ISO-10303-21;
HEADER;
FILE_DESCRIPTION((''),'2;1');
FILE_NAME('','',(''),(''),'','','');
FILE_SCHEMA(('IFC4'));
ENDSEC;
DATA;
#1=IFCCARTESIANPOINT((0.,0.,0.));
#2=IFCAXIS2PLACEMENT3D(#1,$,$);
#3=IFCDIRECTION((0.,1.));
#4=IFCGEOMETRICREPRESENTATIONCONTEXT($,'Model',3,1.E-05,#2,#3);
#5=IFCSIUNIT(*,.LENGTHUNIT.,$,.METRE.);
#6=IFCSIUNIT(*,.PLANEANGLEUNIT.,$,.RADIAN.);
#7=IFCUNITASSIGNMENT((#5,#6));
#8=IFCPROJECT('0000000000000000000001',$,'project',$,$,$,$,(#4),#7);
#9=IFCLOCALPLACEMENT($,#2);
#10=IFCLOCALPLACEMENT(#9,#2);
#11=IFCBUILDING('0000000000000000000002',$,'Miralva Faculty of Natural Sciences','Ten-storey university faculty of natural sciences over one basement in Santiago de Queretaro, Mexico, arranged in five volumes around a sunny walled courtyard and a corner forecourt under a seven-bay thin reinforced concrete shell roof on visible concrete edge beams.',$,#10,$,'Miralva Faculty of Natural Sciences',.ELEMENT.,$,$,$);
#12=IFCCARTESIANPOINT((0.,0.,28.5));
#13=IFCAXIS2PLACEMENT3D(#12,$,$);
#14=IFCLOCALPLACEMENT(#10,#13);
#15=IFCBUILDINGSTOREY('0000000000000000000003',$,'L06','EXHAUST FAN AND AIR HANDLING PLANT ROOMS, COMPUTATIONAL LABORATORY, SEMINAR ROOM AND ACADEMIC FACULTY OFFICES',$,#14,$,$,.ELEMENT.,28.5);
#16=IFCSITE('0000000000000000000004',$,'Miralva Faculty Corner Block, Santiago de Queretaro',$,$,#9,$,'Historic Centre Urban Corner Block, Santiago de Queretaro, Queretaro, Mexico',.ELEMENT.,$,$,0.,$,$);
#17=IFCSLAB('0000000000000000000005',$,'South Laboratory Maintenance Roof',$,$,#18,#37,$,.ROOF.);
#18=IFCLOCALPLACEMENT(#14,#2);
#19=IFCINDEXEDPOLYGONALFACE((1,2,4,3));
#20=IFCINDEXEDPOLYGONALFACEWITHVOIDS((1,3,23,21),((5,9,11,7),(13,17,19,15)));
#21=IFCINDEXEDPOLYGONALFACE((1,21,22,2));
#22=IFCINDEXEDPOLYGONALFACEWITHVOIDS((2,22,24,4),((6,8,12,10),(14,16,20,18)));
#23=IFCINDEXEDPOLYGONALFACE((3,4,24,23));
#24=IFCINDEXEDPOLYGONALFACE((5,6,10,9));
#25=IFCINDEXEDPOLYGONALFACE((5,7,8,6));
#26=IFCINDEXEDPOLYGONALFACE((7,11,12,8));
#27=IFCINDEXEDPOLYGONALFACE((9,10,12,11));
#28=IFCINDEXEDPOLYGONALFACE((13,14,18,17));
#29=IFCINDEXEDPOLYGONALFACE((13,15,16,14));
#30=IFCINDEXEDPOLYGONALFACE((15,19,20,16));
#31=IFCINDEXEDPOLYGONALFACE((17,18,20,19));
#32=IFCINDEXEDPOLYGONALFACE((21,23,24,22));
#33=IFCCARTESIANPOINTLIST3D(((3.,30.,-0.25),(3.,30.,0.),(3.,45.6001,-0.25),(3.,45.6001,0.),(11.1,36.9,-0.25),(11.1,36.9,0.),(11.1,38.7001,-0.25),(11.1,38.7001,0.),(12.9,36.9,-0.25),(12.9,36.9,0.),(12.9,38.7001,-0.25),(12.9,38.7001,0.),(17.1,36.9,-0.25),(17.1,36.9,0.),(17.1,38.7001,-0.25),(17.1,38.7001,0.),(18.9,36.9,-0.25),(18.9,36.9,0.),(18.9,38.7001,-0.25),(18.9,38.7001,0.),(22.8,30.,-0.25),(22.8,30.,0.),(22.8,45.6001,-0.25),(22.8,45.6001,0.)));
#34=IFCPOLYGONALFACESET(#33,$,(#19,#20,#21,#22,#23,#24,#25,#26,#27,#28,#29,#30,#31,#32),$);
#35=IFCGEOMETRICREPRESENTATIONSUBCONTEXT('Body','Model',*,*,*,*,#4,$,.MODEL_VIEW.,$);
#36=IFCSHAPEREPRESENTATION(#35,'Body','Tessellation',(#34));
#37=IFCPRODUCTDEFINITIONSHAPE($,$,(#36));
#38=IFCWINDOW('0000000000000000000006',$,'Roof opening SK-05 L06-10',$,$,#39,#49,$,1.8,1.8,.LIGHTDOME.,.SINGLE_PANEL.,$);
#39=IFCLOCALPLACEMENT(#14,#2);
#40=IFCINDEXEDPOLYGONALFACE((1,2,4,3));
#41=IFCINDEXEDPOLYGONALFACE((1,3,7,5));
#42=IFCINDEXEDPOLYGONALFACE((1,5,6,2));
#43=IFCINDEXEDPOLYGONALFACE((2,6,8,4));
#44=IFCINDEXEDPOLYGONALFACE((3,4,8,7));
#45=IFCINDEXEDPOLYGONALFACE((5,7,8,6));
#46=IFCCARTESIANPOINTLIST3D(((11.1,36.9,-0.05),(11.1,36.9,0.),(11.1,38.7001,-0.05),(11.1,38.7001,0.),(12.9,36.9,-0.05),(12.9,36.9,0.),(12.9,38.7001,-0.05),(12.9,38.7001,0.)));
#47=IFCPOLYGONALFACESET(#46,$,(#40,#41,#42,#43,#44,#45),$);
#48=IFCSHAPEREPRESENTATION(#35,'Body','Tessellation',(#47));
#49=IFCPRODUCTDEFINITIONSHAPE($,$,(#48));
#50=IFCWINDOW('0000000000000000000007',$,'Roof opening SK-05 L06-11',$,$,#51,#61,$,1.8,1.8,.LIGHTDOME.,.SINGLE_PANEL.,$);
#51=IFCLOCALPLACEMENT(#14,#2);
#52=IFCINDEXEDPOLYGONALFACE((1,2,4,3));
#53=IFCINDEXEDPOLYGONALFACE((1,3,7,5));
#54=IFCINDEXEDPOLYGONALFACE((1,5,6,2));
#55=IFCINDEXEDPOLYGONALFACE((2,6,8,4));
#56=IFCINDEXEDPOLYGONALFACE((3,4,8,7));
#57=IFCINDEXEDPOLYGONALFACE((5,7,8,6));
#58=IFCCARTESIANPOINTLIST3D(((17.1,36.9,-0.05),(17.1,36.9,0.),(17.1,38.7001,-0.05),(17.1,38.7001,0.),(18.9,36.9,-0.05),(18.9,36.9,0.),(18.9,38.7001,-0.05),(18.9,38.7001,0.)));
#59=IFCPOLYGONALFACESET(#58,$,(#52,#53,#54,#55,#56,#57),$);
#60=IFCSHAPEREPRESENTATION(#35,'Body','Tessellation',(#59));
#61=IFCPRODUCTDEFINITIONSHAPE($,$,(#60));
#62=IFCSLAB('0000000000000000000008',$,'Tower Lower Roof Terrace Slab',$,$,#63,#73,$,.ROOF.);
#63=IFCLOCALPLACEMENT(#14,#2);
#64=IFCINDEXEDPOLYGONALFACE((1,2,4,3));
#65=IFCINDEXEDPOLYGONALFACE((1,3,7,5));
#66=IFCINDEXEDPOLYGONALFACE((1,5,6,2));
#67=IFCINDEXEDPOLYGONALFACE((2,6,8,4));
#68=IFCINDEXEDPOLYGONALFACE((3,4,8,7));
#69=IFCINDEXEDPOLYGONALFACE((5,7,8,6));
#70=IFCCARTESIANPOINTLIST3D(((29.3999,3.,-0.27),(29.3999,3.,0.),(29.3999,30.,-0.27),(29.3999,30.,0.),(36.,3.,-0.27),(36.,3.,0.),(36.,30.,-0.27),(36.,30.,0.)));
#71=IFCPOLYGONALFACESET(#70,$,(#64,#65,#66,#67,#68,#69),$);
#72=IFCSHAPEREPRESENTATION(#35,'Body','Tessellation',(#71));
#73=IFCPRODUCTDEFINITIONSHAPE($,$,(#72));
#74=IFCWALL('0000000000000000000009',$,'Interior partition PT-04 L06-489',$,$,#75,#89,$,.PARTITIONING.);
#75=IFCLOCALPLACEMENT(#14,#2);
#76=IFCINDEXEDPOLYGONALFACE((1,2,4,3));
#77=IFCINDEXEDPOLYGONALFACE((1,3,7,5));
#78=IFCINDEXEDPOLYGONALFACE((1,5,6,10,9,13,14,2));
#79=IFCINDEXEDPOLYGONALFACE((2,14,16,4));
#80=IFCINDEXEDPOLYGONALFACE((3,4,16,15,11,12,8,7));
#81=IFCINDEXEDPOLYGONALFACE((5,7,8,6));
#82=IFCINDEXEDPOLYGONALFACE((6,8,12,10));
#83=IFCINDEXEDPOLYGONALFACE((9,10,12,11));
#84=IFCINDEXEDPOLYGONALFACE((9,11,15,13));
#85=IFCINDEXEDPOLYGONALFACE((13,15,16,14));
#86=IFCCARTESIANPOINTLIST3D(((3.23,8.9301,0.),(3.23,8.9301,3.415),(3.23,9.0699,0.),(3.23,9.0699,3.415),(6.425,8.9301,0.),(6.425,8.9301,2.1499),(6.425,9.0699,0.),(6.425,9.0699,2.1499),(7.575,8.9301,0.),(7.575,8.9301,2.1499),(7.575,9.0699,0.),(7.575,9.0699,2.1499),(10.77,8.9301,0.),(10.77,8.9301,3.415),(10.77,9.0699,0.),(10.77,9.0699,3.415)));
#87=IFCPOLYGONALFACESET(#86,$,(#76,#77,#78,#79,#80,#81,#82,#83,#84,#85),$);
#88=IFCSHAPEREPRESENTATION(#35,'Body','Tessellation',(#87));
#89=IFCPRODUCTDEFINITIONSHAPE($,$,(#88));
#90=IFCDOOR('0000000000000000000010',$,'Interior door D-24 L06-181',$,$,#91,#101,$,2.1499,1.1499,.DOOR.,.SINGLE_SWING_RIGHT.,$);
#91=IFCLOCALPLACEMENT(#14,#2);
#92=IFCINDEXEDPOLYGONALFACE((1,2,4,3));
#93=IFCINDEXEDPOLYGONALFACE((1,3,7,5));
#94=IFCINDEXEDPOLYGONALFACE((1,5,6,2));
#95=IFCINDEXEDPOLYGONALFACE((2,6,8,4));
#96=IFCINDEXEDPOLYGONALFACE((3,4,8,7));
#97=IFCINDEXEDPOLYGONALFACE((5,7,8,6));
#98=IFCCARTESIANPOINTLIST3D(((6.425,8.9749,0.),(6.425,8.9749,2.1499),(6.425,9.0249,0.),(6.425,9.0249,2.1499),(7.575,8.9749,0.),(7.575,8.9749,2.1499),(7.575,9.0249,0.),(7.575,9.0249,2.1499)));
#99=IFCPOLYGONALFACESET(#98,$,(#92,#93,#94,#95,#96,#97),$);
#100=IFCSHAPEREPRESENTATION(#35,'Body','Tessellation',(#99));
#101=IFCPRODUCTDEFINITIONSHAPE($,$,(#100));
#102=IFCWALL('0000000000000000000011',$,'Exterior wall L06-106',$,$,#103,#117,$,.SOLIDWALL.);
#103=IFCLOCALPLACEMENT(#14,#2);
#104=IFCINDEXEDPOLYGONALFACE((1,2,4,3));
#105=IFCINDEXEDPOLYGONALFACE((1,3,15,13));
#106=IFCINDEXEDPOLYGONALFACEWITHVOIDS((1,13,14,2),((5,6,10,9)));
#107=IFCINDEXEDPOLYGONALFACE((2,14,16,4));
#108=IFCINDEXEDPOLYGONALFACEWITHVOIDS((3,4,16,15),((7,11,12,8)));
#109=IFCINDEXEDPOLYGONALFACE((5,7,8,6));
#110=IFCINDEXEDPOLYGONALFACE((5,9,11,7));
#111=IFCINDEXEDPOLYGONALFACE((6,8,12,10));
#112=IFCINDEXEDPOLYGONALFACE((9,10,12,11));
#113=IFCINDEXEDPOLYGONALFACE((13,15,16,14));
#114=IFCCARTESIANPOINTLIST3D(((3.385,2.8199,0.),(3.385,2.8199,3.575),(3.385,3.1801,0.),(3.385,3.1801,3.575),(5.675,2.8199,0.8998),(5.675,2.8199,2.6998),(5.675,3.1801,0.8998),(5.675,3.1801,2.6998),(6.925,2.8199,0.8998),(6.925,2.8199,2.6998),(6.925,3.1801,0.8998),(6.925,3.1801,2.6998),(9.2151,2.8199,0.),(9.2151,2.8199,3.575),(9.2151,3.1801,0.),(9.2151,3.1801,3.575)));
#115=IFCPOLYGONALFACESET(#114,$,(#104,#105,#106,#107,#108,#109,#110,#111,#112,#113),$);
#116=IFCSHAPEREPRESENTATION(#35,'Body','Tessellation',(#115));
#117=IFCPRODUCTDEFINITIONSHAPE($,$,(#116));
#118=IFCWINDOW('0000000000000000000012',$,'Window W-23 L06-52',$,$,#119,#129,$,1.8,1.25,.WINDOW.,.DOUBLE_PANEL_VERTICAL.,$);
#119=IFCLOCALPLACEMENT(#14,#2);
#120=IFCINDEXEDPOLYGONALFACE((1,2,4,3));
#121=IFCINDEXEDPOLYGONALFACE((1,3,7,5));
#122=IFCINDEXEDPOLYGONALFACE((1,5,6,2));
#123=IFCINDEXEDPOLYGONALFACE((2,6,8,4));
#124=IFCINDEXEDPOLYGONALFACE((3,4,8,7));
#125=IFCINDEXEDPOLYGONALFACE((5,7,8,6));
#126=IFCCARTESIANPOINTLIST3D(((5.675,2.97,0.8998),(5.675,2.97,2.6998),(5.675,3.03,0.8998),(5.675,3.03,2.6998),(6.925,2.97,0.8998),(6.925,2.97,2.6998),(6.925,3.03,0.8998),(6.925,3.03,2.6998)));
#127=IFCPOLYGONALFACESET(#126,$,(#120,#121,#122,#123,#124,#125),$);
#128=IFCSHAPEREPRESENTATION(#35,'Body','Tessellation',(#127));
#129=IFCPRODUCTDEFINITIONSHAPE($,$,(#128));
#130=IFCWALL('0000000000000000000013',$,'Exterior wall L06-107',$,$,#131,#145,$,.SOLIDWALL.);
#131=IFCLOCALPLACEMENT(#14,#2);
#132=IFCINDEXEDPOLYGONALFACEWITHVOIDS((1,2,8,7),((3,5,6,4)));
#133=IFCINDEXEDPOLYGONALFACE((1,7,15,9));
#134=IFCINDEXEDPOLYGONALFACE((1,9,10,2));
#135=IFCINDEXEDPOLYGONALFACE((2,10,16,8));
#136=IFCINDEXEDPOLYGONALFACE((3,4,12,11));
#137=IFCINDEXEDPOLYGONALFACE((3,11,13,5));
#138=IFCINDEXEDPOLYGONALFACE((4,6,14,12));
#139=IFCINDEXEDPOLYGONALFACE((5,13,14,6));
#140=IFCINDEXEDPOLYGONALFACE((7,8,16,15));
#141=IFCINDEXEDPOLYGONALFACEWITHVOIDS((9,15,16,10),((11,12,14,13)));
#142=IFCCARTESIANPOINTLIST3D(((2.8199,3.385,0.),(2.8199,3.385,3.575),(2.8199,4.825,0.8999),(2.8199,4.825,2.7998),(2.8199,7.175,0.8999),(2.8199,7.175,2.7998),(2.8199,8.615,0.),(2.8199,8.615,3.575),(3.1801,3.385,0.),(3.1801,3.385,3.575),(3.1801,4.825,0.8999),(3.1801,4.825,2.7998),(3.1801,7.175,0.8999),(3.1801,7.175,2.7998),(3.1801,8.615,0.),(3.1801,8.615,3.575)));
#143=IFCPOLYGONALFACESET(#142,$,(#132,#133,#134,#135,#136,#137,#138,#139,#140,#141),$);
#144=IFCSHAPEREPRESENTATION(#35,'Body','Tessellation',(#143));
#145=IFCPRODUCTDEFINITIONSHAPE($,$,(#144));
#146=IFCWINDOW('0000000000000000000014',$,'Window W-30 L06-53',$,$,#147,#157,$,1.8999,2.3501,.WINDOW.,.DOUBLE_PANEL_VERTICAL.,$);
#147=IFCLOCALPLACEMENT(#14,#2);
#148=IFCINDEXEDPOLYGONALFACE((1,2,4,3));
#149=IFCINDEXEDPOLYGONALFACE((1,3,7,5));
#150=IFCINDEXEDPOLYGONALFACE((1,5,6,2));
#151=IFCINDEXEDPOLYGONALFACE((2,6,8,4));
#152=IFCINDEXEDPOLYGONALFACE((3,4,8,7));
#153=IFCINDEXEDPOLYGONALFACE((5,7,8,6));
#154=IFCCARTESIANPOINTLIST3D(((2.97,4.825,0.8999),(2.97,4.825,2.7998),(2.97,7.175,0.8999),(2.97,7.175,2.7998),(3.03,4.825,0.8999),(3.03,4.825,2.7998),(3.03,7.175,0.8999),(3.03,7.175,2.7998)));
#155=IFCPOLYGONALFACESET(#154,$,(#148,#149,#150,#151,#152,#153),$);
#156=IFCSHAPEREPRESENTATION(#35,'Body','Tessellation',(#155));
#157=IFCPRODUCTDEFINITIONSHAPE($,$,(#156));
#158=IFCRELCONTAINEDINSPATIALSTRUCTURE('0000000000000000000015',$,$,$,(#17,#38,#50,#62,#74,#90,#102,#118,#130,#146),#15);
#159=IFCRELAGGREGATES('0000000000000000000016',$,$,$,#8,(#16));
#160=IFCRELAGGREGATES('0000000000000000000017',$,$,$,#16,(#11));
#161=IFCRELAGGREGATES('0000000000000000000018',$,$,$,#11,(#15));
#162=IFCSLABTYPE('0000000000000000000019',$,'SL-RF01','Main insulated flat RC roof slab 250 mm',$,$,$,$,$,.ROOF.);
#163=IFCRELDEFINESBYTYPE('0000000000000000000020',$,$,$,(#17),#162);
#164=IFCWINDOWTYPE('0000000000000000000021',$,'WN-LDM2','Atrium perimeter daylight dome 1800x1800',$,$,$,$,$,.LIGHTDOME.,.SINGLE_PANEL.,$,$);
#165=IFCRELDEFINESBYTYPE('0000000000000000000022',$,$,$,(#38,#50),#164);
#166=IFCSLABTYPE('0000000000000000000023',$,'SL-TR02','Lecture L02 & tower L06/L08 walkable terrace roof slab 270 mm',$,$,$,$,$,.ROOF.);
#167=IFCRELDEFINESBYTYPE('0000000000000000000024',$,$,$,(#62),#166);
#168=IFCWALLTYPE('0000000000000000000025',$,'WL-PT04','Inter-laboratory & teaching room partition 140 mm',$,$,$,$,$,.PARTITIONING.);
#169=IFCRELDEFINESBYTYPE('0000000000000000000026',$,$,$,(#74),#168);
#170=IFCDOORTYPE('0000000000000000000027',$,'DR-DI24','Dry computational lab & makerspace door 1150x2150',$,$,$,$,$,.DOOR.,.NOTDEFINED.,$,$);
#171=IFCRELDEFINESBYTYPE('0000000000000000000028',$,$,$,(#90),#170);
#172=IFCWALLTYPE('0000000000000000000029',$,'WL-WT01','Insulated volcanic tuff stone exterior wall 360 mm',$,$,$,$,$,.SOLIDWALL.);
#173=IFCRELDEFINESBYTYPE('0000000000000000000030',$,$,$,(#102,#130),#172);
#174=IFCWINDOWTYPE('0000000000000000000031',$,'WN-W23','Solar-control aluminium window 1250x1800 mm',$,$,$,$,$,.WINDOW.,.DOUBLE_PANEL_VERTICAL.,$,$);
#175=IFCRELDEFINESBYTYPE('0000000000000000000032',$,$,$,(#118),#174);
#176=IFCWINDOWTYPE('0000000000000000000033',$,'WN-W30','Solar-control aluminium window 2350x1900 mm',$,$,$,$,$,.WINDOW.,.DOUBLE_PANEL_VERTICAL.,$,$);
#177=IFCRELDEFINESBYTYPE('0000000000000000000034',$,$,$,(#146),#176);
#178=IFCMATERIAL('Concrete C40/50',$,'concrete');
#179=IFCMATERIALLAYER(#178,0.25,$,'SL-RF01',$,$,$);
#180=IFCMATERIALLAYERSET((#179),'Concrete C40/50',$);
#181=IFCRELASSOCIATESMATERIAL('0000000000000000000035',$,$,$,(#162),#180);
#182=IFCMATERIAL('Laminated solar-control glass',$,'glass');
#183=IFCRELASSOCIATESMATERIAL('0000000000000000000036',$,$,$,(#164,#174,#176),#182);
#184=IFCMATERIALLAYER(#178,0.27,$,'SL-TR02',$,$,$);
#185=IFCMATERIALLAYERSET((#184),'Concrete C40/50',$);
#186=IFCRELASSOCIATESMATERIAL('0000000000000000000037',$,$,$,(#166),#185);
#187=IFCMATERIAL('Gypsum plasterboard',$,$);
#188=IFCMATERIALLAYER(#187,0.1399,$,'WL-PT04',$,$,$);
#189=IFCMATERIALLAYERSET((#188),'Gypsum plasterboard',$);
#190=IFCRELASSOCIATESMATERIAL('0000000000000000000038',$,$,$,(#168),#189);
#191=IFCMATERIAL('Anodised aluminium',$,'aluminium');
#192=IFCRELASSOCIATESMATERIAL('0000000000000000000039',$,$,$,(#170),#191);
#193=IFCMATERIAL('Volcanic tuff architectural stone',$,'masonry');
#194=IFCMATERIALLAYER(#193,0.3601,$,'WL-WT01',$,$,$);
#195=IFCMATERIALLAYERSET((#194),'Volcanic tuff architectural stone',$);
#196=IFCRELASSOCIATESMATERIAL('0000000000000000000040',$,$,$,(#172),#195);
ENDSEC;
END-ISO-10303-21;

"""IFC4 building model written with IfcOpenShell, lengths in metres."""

from ifc_helpers import new_model, si_unit, direction, frame, frame_2d, origin, origin_2d, place, context, subcontext, project, spatial, polyline, rectangle, outline, extrude, material, layer, layer_set, type_object, element, fill, save


model = new_model("IFC4")

# Units and contexts
model_context = context("Model", 3, precision=1e-05, world=origin(), true_north=direction((0.0, 1.0)))
body_context = subcontext(model_context, "Body", "Model", "MODEL_VIEW")
ifc_project = project(units=[si_unit("LENGTHUNIT", "METRE"), si_unit("PLANEANGLEUNIT", "RADIAN")], contexts=[model_context])

# Site, building, storey
site_placement = place(None, origin())
site = spatial("IfcSite", under=ifc_project, at=site_placement, Name="Miralva Faculty Corner Block, Santiago de Queretaro", LongName="Historic Centre Urban Corner Block, Santiago de Queretaro, Queretaro, Mexico", CompositionType="ELEMENT", RefElevation=0.0)
building_placement = place(site_placement, origin())
building = spatial("IfcBuilding", under=site, at=building_placement, Name="Miralva Faculty of Natural Sciences", Description="Ten-storey university faculty of natural sciences over one basement in Santiago de Queretaro, Mexico, arranged in five volumes around a sunny walled courtyard and a corner forecourt under a seven-bay thin reinforced concrete shell roof on visible concrete edge beams.", LongName="Miralva Faculty of Natural Sciences", CompositionType="ELEMENT")
storey_placement = place(building_placement, frame((0.0, 0.0, 28.5)))
storey = spatial("IfcBuildingStorey", under=building, at=storey_placement, Name="L06", Description="EXHAUST FAN AND AIR HANDLING PLANT ROOMS, COMPUTATIONAL LABORATORY, SEMINAR ROOM AND ACADEMIC FACULTY OFFICES", CompositionType="ELEMENT", Elevation=28.5)

# Shared definitions
ifc_material_1 = material(Name="Concrete C40/50", Category="concrete")

# Slab, openings, windows
ifc_layer_1 = layer(ifc_material_1, 0.25, Name="SL-RF01")
ifc_layer_set_1 = layer_set([ifc_layer_1], Name="Concrete C40/50")
slab_type_1 = type_object("IfcSlabType", Name="SL-RF01", Description="Main insulated flat RC roof slab 250 mm", PredefinedType="ROOF", material=ifc_layer_set_1)
slab_1_placement = place(storey_placement, frame((0.0, 0.0, -0.25)))
slab_1 = element("IfcSlab", 1, at=slab_1_placement, inside=storey, type_object=slab_type_1, Name="South Laboratory Maintenance Roof", PredefinedType="ROOF", context=body_context, shape_type="SweptSolid", body=[
    extrude(outline(polyline([(22.8, 30.0), (3.0, 30.0), (3.0, 45.6001), (22.8, 45.6001), (22.8, 30.0)])), origin(), (0.0, 0.0, 1.0), 0.25),
])
opening_1_placement = place(slab_1_placement, frame((12.0, 37.8, 0.0)))
opening_1 = element("IfcOpeningElement", 2, at=opening_1_placement, cuts=slab_1, PredefinedType="OPENING", context=body_context, shape_type="SweptSolid", body=[
    extrude(rectangle(XDim=1.8, YDim=1.8, at=origin_2d()), frame((0.0, 0.0, -0.01)), (0.0, 0.0, 1.0), 0.27),
])
opening_2_placement = place(slab_1_placement, frame((18.0, 37.8, 0.0)))
opening_2 = element("IfcOpeningElement", 3, at=opening_2_placement, cuts=slab_1, PredefinedType="OPENING", context=body_context, shape_type="SweptSolid", body=[
    extrude(rectangle(XDim=1.8, YDim=1.8, at=origin_2d()), frame((0.0, 0.0, -0.01)), (0.0, 0.0, 1.0), 0.27),
])
ifc_material_2 = material(Name="Laminated solar-control glass", Category="glass")
window_type_1 = type_object("IfcWindowType", Name="WN-LDM2", Description="Atrium perimeter daylight dome 1800x1800", PartitioningType="SINGLE_PANEL", PredefinedType="LIGHTDOME", material=ifc_material_2)
window_1_placement = place(opening_1_placement, frame((0.0, 0.0, 0.2)))
window_1 = element("IfcWindow", 4, at=window_1_placement, inside=storey, type_object=window_type_1, Name="Roof opening SK-05 L06-10", OverallHeight=1.8, OverallWidth=1.8, PartitioningType="SINGLE_PANEL", PredefinedType="LIGHTDOME", context=body_context, shape_type="SweptSolid", body=[
    extrude(rectangle(XDim=1.8, YDim=1.8, at=origin_2d()), origin(), (0.0, 0.0, 1.0), 0.05),
])
fill(opening_1, window_1)
window_2_placement = place(opening_2_placement, frame((0.0, 0.0, 0.2)))
window_2 = element("IfcWindow", 5, at=window_2_placement, inside=storey, type_object=window_type_1, Name="Roof opening SK-05 L06-11", OverallHeight=1.8, OverallWidth=1.8, PartitioningType="SINGLE_PANEL", PredefinedType="LIGHTDOME", context=body_context, shape_type="SweptSolid", body=[
    extrude(rectangle(XDim=1.8, YDim=1.8, at=origin_2d()), origin(), (0.0, 0.0, 1.0), 0.05),
])
fill(opening_2, window_2)

# Slab
ifc_layer_2 = layer(ifc_material_1, 0.27, Name="SL-TR02")
ifc_layer_set_2 = layer_set([ifc_layer_2], Name="Concrete C40/50")
slab_type_2 = type_object("IfcSlabType", Name="SL-TR02", Description="Lecture L02 & tower L06/L08 walkable terrace roof slab 270 mm", PredefinedType="ROOF", material=ifc_layer_set_2)
slab_2_placement = place(storey_placement, frame((0.0, 0.0, -0.27)))
element("IfcSlab", 6, at=slab_2_placement, inside=storey, type_object=slab_type_2, Name="Tower Lower Roof Terrace Slab", PredefinedType="ROOF", context=body_context, shape_type="SweptSolid", body=[
    extrude(outline(polyline([(36.0, 3.0), (29.3999, 3.0), (29.3999, 30.0), (36.0, 30.0), (36.0, 3.0)])), origin(), (0.0, 0.0, 1.0), 0.27),
])

# Wall, opening, door
ifc_material_3 = material(Name="Gypsum plasterboard")
ifc_layer_3 = layer(ifc_material_3, 0.1399, Name="WL-PT04")
ifc_layer_set_3 = layer_set([ifc_layer_3], Name="Gypsum plasterboard")
wall_type_1 = type_object("IfcWallType", Name="WL-PT04", Description="Inter-laboratory & teaching room partition 140 mm", PredefinedType="PARTITIONING", material=ifc_layer_set_3)
wall_1_placement = place(storey_placement, frame((3.23, 9.0, 0.0), z_axis=(0.0, 0.0, 1.0), x_axis=(1.0, 0.0, 0.0)))
wall_1 = element("IfcWall", 7, at=wall_1_placement, inside=storey, type_object=wall_type_1, Name="Interior partition PT-04 L06-489", PredefinedType="PARTITIONING", context=body_context, shape_type="SweptSolid", body=[
    extrude(rectangle(XDim=7.54, YDim=0.1399, at=frame_2d((3.77, 0.0))), origin(), (0.0, 0.0, 1.0), 3.415),
])
opening_3_placement = place(wall_1_placement, frame((3.1951, 0.0, 0.0)))
opening_3 = element("IfcOpeningElement", 8, at=opening_3_placement, cuts=wall_1, PredefinedType="OPENING", context=body_context, shape_type="SweptSolid", body=[
    extrude(rectangle(XDim=1.1499, YDim=2.1499, at=frame_2d((0.575, 1.075))), frame((0.0, 0.0798, 0.0), z_axis=(0.0, -1.0, 0.0), x_axis=(1.0, 0.0, 0.0)), (0.0, 0.0, 1.0), 0.1599),
])
ifc_material_4 = material(Name="Anodised aluminium", Category="aluminium")
door_type = type_object("IfcDoorType", Name="DR-DI24", Description="Dry computational lab & makerspace door 1150x2150", OperationType="NOTDEFINED", PredefinedType="DOOR", material=ifc_material_4)
door_placement = place(opening_3_placement, origin())
door = element("IfcDoor", 9, at=door_placement, inside=storey, type_object=door_type, Name="Interior door D-24 L06-181", OperationType="SINGLE_SWING_RIGHT", OverallHeight=2.1499, OverallWidth=1.1499, PredefinedType="DOOR", context=body_context, shape_type="SweptSolid", body=[
    extrude(rectangle(XDim=1.1499, YDim=2.1499, at=frame_2d((0.575, 1.075))), frame((0.0, 0.0249, 0.0), z_axis=(0.0, -1.0, 0.0), x_axis=(1.0, 0.0, 0.0)), (0.0, 0.0, 1.0), 0.05),
])
fill(opening_3, door)

# Walls, openings, windows
ifc_material_5 = material(Name="Volcanic tuff architectural stone", Category="masonry")
ifc_layer_4 = layer(ifc_material_5, 0.3601, Name="WL-WT01")
ifc_layer_set_4 = layer_set([ifc_layer_4], Name="Volcanic tuff architectural stone")
wall_type_2 = type_object("IfcWallType", Name="WL-WT01", Description="Insulated volcanic tuff stone exterior wall 360 mm", PredefinedType="SOLIDWALL", material=ifc_layer_set_4)
wall_2_placement = place(storey_placement, frame((3.385, 3.0, 0.0), z_axis=(0.0, 0.0, 1.0), x_axis=(1.0, 0.0, 0.0)))
wall_2 = element("IfcWall", 10, at=wall_2_placement, inside=storey, type_object=wall_type_2, Name="Exterior wall L06-106", PredefinedType="SOLIDWALL", context=body_context, shape_type="SweptSolid", body=[
    extrude(rectangle(XDim=5.8301, YDim=0.3601, at=frame_2d((2.915, 0.0))), origin(), (0.0, 0.0, 1.0), 3.575),
])
opening_4_placement = place(wall_2_placement, frame((2.29, 0.0, 0.8999)))
opening_4 = element("IfcOpeningElement", 11, at=opening_4_placement, cuts=wall_2, PredefinedType="OPENING", context=body_context, shape_type="SweptSolid", body=[
    extrude(rectangle(XDim=1.25, YDim=1.8, at=frame_2d((0.625, 0.8999))), frame((0.0, 0.1899, 0.0), z_axis=(0.0, -1.0, 0.0), x_axis=(1.0, 0.0, 0.0)), (0.0, 0.0, 1.0), 0.3801),
])
window_type_2 = type_object("IfcWindowType", Name="WN-W23", Description="Solar-control aluminium window 1250x1800 mm", PartitioningType="DOUBLE_PANEL_VERTICAL", PredefinedType="WINDOW", material=ifc_material_2)
window_3_placement = place(opening_4_placement, frame((1.25, 0.0, 0.0), z_axis=(0.0, 0.0, 1.0), x_axis=(-1.0, 0.0, 0.0)))
window_3 = element("IfcWindow", 12, at=window_3_placement, inside=storey, type_object=window_type_2, Name="Window W-23 L06-52", OverallHeight=1.8, OverallWidth=1.25, PartitioningType="DOUBLE_PANEL_VERTICAL", PredefinedType="WINDOW", context=body_context, shape_type="SweptSolid", body=[
    extrude(rectangle(XDim=1.25, YDim=1.8, at=frame_2d((0.625, 0.8999))), frame((0.0, 0.03, 0.0), z_axis=(0.0, -1.0, 0.0), x_axis=(1.0, 0.0, 0.0)), (0.0, 0.0, 1.0), 0.0601),
])
fill(opening_4, window_3)
wall_3_placement = place(storey_placement, frame((3.0, 3.385, 0.0), z_axis=(0.0, 0.0, 1.0), x_axis=(0.0, 1.0, 0.0)))
wall_3 = element("IfcWall", 13, at=wall_3_placement, inside=storey, type_object=wall_type_2, Name="Exterior wall L06-107", PredefinedType="SOLIDWALL", context=body_context, shape_type="SweptSolid", body=[
    extrude(rectangle(XDim=5.23, YDim=0.3601, at=frame_2d((2.615, 0.0))), origin(), (0.0, 0.0, 1.0), 3.575),
])
opening_5_placement = place(wall_3_placement, frame((1.4399, 0.0, 0.8999)))
opening_5 = element("IfcOpeningElement", 14, at=opening_5_placement, cuts=wall_3, PredefinedType="OPENING", context=body_context, shape_type="SweptSolid", body=[
    extrude(rectangle(XDim=2.3501, YDim=1.8999, at=frame_2d((1.175, 0.95))), frame((0.0, 0.1899, 0.0), z_axis=(0.0, -1.0, 0.0), x_axis=(1.0, 0.0, 0.0)), (0.0, 0.0, 1.0), 0.3801),
])
window_type_3 = type_object("IfcWindowType", Name="WN-W30", Description="Solar-control aluminium window 2350x1900 mm", PartitioningType="DOUBLE_PANEL_VERTICAL", PredefinedType="WINDOW", material=ifc_material_2)
window_4_placement = place(opening_5_placement, origin())
window_4 = element("IfcWindow", 15, at=window_4_placement, inside=storey, type_object=window_type_3, Name="Window W-30 L06-53", OverallHeight=1.8999, OverallWidth=2.3501, PartitioningType="DOUBLE_PANEL_VERTICAL", PredefinedType="WINDOW", context=body_context, shape_type="SweptSolid", body=[
    extrude(rectangle(XDim=2.3501, YDim=1.8999, at=frame_2d((1.175, 0.95))), frame((0.0, 0.03, 0.0), z_axis=(0.0, -1.0, 0.0), x_axis=(1.0, 0.0, 0.0)), (0.0, 0.0, 1.0), 0.0601),
])
fill(opening_5, window_4)

save(model, "model.ifc")
